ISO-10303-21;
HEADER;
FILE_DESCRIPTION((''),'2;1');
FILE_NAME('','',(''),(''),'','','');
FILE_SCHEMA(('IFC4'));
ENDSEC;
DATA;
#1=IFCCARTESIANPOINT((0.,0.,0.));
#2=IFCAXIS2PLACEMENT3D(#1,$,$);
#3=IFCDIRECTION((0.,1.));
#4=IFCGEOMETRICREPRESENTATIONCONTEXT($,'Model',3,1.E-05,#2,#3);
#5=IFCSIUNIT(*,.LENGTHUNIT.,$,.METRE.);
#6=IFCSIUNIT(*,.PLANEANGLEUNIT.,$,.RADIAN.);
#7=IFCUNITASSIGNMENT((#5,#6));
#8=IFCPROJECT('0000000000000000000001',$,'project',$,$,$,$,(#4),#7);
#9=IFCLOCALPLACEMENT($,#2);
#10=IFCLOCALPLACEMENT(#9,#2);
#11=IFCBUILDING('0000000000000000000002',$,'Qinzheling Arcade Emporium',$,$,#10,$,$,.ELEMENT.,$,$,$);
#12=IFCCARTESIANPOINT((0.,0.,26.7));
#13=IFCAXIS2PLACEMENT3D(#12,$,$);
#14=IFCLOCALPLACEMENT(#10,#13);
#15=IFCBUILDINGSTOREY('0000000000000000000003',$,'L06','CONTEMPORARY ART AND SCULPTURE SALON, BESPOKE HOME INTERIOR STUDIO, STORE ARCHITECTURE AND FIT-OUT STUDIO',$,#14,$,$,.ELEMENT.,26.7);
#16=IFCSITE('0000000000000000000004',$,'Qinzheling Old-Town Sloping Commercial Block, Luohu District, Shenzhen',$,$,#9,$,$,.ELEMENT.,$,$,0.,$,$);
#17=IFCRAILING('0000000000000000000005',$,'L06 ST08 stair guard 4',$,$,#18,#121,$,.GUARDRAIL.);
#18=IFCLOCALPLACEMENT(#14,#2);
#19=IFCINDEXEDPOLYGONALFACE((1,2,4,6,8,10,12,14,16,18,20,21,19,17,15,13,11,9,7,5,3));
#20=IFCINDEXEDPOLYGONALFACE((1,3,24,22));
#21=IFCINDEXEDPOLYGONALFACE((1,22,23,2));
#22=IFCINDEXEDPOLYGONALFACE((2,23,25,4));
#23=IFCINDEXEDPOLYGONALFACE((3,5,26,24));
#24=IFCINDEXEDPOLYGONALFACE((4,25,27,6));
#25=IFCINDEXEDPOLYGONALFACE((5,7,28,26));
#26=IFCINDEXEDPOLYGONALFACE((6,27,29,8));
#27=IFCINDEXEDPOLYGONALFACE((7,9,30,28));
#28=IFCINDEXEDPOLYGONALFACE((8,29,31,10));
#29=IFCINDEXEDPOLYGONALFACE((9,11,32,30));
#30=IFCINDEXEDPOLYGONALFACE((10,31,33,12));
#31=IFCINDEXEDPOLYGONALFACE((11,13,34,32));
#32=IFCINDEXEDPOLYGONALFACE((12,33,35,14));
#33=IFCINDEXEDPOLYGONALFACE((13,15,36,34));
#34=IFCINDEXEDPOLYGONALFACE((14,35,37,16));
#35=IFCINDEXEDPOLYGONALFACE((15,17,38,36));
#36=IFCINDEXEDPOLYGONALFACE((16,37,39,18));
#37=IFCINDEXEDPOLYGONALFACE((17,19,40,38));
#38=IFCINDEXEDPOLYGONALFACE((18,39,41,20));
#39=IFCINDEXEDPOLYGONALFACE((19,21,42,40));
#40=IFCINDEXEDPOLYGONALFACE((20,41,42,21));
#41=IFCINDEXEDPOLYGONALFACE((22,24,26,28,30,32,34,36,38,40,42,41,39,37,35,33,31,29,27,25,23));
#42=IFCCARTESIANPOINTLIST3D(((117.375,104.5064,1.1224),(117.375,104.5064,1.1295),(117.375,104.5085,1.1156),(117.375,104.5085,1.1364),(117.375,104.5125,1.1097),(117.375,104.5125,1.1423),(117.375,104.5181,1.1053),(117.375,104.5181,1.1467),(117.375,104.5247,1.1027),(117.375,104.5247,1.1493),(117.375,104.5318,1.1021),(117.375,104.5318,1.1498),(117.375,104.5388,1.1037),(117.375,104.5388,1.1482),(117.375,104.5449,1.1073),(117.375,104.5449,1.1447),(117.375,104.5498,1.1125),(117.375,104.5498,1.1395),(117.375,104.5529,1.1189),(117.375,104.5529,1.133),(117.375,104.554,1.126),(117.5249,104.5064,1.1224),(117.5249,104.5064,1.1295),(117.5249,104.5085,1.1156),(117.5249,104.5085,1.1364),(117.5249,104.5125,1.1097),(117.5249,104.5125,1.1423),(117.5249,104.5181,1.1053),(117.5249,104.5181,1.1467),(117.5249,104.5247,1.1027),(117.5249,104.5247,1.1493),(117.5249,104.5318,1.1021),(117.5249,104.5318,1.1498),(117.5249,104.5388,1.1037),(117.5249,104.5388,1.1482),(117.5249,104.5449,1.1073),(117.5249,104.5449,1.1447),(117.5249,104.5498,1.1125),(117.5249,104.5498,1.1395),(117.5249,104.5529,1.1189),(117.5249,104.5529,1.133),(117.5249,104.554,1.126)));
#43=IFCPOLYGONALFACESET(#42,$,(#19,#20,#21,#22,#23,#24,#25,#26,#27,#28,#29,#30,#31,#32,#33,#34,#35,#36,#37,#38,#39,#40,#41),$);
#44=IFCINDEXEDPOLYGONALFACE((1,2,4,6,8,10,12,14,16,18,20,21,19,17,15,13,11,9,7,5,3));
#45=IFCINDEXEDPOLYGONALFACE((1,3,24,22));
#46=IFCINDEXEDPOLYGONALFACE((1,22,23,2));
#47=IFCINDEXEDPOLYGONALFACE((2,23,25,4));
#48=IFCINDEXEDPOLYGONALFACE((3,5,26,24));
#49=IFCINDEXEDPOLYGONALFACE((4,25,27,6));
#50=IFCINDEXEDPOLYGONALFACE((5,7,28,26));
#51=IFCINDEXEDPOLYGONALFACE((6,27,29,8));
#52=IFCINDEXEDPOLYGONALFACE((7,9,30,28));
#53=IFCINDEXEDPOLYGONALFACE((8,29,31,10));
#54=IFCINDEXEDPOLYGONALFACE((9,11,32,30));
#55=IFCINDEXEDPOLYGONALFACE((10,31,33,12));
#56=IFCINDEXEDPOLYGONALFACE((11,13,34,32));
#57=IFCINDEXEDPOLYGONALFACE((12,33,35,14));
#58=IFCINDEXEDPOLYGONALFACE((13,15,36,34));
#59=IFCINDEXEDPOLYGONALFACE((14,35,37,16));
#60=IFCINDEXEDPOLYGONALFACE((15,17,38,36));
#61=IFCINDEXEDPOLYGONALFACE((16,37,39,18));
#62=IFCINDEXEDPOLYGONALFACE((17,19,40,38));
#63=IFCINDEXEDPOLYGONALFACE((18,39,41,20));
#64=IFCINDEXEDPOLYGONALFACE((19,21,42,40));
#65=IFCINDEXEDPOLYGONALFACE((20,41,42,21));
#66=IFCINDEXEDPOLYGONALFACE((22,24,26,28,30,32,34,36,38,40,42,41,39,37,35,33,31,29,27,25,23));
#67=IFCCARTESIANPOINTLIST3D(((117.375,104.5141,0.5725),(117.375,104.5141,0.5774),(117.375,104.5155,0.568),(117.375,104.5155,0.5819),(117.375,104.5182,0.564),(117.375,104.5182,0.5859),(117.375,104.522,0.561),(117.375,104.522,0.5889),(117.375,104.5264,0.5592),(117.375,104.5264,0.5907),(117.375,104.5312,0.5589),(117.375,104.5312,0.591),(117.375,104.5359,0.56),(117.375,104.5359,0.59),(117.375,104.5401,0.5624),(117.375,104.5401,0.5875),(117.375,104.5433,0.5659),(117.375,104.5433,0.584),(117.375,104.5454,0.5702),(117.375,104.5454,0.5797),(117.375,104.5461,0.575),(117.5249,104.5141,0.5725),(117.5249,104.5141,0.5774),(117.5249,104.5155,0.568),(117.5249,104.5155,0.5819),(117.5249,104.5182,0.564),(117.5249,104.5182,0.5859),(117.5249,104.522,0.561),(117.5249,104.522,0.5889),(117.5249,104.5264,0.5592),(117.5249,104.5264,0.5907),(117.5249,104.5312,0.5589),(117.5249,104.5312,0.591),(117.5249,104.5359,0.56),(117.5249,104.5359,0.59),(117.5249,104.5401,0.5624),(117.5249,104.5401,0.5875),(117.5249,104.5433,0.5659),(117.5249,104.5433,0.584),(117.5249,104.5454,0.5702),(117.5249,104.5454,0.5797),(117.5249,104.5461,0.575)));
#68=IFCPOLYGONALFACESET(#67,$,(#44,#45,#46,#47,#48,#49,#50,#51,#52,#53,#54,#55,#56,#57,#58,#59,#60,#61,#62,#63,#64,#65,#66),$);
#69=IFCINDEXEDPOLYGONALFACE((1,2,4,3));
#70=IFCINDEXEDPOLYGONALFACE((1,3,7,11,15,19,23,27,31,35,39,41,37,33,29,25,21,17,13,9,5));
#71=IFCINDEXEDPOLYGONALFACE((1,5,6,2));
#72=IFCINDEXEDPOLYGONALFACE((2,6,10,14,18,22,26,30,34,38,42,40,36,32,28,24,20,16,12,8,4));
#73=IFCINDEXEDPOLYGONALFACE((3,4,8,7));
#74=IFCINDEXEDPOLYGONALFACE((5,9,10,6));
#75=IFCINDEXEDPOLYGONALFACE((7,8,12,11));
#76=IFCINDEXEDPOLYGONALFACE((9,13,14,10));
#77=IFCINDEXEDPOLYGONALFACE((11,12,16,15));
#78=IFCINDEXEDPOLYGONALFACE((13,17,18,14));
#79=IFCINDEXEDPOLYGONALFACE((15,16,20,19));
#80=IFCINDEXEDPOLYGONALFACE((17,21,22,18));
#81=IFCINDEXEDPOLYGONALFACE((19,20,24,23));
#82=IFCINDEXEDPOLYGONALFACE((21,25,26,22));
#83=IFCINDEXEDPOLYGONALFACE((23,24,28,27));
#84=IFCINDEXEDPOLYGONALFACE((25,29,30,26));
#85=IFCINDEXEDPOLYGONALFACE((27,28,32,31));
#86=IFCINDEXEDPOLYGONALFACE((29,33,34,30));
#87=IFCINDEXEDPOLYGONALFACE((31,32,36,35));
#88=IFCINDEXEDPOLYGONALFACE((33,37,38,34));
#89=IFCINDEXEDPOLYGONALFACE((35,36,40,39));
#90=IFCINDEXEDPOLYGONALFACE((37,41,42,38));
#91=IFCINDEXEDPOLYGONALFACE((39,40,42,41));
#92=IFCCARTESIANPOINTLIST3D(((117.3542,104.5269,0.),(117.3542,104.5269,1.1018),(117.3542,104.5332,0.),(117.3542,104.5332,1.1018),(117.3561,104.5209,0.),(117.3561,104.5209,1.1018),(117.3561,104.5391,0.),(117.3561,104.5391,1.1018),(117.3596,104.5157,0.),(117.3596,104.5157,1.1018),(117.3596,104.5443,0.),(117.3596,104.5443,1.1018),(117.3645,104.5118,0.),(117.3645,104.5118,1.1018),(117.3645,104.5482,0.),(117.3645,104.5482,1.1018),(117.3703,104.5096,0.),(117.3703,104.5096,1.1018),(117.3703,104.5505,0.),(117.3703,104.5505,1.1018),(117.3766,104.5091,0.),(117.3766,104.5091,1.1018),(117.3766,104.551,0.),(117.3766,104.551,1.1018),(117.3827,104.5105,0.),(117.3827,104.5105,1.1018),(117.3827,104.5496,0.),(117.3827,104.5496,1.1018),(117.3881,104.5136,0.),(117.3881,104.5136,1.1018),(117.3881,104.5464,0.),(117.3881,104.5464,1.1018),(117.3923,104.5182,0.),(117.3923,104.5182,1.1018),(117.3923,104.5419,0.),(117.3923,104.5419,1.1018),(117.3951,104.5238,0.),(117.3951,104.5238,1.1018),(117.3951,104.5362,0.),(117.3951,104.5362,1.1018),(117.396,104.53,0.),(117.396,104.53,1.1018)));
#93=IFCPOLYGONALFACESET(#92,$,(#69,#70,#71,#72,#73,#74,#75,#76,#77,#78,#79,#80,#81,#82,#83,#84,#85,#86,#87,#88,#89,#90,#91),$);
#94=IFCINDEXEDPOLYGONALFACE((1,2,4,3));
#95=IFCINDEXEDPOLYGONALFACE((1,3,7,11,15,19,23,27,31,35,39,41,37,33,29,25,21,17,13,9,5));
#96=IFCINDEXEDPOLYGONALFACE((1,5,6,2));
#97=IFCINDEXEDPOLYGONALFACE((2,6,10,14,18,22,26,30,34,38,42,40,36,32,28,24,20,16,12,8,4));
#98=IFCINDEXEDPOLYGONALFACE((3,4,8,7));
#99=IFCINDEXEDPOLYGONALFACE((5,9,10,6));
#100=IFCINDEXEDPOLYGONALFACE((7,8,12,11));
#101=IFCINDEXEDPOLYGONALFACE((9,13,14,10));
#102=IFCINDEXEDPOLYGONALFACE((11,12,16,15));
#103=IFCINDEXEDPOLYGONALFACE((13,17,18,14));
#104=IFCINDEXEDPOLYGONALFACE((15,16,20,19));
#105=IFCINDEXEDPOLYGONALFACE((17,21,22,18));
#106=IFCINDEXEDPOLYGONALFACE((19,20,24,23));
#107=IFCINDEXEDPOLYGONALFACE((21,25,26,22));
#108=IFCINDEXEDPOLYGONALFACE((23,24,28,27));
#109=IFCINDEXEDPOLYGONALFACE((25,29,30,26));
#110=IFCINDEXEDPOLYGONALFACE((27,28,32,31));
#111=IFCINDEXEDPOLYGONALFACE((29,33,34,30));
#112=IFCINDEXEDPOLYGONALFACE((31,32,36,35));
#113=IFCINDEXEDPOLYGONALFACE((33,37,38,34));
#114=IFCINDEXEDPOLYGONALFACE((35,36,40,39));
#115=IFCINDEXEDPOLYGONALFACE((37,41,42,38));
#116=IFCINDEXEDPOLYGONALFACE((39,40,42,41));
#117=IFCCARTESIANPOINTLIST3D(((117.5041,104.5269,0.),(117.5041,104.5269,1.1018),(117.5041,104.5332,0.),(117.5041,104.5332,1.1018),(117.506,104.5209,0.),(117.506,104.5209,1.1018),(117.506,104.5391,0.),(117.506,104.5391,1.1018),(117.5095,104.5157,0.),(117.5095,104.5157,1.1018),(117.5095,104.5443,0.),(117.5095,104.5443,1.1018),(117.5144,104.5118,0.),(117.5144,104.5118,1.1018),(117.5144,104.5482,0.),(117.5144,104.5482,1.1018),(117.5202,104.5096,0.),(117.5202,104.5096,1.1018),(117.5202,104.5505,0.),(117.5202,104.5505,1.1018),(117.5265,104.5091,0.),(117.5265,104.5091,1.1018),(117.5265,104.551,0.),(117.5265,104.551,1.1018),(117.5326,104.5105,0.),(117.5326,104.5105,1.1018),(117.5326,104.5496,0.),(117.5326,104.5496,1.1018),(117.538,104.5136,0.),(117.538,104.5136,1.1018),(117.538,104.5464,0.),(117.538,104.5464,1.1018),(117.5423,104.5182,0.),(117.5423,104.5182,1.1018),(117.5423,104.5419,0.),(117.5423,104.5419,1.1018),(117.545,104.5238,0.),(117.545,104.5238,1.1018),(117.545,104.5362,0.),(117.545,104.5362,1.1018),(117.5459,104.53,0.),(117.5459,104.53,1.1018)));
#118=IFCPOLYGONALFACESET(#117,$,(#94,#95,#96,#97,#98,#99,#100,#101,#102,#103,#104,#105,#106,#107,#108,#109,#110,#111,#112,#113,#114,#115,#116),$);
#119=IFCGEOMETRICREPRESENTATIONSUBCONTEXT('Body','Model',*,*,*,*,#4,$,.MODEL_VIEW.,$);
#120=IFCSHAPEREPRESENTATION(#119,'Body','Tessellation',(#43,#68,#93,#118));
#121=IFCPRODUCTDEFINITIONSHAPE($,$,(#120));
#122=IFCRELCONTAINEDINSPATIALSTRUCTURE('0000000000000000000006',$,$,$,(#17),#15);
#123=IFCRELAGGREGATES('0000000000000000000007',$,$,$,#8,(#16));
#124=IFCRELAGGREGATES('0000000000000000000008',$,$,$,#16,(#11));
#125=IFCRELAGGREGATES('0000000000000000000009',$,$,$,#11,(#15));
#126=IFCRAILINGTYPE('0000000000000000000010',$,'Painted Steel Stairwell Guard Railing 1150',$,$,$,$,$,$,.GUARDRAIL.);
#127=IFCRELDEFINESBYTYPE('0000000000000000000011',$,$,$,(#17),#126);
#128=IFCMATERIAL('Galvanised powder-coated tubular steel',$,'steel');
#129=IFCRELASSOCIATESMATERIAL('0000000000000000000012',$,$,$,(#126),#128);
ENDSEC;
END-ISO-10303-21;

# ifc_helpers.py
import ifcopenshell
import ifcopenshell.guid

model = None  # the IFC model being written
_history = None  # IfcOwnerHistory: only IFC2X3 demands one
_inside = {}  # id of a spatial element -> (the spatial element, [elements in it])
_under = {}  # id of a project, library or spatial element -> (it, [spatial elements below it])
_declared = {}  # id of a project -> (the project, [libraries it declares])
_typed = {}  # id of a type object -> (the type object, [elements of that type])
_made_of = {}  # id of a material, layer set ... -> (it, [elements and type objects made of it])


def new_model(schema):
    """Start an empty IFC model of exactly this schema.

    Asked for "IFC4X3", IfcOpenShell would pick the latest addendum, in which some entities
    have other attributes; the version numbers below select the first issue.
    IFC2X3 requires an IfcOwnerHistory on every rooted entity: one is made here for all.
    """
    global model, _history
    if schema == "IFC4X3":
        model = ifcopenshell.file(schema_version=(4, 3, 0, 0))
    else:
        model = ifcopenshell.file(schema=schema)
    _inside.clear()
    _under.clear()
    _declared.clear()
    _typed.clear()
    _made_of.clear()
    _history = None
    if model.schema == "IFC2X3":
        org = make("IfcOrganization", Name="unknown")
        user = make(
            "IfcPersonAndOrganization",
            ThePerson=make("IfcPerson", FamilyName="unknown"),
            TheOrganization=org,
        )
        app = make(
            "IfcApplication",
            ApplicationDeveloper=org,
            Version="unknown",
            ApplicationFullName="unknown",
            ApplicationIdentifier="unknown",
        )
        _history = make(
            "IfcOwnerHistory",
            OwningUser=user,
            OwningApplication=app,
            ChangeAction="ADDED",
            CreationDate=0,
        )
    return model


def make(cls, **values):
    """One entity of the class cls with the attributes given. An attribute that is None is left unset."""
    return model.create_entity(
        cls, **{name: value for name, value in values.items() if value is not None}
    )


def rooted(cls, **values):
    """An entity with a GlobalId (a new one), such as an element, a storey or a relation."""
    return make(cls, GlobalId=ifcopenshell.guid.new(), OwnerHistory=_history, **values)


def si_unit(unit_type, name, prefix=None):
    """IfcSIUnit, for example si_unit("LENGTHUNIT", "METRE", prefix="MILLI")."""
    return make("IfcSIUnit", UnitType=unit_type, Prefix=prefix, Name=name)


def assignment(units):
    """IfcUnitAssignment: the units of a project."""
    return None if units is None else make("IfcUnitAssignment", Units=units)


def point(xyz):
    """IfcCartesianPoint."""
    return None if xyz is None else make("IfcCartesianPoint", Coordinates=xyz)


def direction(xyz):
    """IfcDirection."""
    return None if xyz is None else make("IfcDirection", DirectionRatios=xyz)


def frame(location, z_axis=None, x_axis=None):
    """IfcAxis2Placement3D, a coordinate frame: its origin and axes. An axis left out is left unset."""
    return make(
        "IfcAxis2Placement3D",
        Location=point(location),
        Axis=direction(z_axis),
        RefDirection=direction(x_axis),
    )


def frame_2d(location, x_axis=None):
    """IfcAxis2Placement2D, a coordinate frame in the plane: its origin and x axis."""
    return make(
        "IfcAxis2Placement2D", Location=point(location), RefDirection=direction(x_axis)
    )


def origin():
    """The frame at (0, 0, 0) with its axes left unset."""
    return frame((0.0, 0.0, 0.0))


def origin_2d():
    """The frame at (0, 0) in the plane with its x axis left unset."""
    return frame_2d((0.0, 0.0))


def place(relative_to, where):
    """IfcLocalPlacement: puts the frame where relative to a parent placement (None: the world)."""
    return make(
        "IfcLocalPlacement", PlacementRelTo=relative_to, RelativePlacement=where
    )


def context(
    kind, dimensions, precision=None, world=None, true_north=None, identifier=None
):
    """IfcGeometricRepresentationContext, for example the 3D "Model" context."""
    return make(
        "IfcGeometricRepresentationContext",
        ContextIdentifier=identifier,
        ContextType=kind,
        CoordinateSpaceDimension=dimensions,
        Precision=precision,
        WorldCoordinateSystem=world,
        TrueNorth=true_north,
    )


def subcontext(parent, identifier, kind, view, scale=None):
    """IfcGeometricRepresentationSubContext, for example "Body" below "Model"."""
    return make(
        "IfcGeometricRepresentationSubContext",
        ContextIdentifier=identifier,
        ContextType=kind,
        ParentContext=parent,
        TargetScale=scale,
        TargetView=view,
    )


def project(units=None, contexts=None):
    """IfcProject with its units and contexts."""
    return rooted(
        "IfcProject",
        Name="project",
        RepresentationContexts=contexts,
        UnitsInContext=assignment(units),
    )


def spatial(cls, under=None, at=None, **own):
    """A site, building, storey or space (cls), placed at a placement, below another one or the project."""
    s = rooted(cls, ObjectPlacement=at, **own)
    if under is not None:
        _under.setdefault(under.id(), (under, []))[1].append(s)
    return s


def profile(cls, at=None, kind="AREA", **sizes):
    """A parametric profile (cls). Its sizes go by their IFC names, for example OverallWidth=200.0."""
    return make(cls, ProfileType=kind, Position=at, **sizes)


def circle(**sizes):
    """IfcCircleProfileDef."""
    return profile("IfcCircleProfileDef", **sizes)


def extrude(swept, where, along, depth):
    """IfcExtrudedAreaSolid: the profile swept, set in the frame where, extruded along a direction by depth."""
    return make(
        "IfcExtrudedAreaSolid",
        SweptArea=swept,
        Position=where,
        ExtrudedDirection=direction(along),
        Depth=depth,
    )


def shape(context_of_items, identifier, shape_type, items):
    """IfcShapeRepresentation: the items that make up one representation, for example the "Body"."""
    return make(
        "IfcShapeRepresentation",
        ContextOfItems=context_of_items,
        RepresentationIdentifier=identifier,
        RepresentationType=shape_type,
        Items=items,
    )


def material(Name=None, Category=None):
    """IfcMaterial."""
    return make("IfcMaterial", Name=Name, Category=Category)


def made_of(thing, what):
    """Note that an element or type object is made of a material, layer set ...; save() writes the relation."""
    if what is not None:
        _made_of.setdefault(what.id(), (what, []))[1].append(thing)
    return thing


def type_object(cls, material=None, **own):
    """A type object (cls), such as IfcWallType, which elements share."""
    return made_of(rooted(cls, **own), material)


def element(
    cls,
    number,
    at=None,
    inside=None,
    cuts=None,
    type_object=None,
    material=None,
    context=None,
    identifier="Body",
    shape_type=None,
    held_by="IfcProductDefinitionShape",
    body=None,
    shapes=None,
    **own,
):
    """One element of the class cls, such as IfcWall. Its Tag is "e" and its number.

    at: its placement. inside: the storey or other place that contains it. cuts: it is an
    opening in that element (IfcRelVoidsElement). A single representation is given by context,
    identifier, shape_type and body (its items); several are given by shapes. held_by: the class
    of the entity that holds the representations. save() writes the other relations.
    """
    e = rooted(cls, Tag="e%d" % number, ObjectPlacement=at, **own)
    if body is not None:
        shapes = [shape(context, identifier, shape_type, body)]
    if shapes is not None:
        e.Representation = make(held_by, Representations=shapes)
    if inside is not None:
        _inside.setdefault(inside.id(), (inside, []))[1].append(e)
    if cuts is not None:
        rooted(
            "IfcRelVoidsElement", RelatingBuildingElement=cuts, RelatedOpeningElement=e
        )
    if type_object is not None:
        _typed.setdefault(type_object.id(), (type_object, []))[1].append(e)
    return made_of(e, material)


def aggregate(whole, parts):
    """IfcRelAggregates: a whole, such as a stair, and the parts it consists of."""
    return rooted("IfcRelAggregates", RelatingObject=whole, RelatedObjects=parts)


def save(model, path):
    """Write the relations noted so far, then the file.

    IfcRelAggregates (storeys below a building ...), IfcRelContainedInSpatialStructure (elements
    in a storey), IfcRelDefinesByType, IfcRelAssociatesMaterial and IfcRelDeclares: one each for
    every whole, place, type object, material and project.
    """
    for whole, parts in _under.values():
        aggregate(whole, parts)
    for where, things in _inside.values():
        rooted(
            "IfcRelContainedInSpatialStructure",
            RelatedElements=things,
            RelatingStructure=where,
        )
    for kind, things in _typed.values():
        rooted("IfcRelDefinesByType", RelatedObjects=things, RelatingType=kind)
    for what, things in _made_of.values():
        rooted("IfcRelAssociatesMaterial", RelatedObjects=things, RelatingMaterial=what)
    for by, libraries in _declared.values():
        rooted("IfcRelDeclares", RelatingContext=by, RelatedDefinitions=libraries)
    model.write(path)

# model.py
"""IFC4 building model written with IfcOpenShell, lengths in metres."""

from ifc_helpers import new_model, si_unit, direction, frame, origin, origin_2d, place, context, subcontext, project, spatial, circle, extrude, material, type_object, element, save


model = new_model("IFC4")

# Units and contexts
model_context = context("Model", 3, precision=1e-05, world=origin(), true_north=direction((0.0, 1.0)))
body_context = subcontext(model_context, "Body", "Model", "MODEL_VIEW")
ifc_project = project(units=[si_unit("LENGTHUNIT", "METRE"), si_unit("PLANEANGLEUNIT", "RADIAN")], contexts=[model_context])

# Site, building, storey
site_placement = place(None, origin())
site = spatial("IfcSite", under=ifc_project, at=site_placement, Name="Qinzheling Old-Town Sloping Commercial Block, Luohu District, Shenzhen", CompositionType="ELEMENT", RefElevation=0.0)
building_placement = place(site_placement, origin())
building = spatial("IfcBuilding", under=site, at=building_placement, Name="Qinzheling Arcade Emporium", CompositionType="ELEMENT")
storey_placement = place(building_placement, frame((0.0, 0.0, 26.7)))
storey = spatial("IfcBuildingStorey", under=building, at=storey_placement, Name="L06", Description="CONTEMPORARY ART AND SCULPTURE SALON, BESPOKE HOME INTERIOR STUDIO, STORE ARCHITECTURE AND FIT-OUT STUDIO", CompositionType="ELEMENT", Elevation=26.7)

# Railing
ifc_material_1 = material(Name="Galvanised powder-coated tubular steel", Category="steel")
railing_type_1 = type_object("IfcRailingType", Name="Painted Steel Stairwell Guard Railing 1150", PredefinedType="GUARDRAIL", material=ifc_material_1)
railing_1_placement = place(storey_placement, frame((117.375, 104.53, 0.0)))
element("IfcRailing", 1, at=railing_1_placement, inside=storey, type_object=railing_type_1, Name="L06 ST08 stair guard 4", PredefinedType="GUARDRAIL", context=body_context, shape_type="SweptSolid", body=[
    extrude(circle(Radius=0.0239, at=origin_2d()), frame((0.0, 0.0, 1.126), z_axis=(1.0, 0.0, 0.0), x_axis=(0.0, 1.0, 0.0)), (0.0, 0.0, 1.0), 0.1499),
    extrude(circle(Radius=0.0161, at=origin_2d()), frame((0.0, 0.0, 0.575), z_axis=(1.0, 0.0, 0.0), x_axis=(0.0, 1.0, 0.0)), (0.0, 0.0, 1.0), 0.1499),
    extrude(circle(Radius=0.021, at=origin_2d()), origin(), (0.0, 0.0, 1.0), 1.1018),
    extrude(circle(Radius=0.021, at=origin_2d()), frame((0.1499, 0.0, 0.0)), (0.0, 0.0, 1.0), 1.1018),
])

save(model, "model.ifc")
